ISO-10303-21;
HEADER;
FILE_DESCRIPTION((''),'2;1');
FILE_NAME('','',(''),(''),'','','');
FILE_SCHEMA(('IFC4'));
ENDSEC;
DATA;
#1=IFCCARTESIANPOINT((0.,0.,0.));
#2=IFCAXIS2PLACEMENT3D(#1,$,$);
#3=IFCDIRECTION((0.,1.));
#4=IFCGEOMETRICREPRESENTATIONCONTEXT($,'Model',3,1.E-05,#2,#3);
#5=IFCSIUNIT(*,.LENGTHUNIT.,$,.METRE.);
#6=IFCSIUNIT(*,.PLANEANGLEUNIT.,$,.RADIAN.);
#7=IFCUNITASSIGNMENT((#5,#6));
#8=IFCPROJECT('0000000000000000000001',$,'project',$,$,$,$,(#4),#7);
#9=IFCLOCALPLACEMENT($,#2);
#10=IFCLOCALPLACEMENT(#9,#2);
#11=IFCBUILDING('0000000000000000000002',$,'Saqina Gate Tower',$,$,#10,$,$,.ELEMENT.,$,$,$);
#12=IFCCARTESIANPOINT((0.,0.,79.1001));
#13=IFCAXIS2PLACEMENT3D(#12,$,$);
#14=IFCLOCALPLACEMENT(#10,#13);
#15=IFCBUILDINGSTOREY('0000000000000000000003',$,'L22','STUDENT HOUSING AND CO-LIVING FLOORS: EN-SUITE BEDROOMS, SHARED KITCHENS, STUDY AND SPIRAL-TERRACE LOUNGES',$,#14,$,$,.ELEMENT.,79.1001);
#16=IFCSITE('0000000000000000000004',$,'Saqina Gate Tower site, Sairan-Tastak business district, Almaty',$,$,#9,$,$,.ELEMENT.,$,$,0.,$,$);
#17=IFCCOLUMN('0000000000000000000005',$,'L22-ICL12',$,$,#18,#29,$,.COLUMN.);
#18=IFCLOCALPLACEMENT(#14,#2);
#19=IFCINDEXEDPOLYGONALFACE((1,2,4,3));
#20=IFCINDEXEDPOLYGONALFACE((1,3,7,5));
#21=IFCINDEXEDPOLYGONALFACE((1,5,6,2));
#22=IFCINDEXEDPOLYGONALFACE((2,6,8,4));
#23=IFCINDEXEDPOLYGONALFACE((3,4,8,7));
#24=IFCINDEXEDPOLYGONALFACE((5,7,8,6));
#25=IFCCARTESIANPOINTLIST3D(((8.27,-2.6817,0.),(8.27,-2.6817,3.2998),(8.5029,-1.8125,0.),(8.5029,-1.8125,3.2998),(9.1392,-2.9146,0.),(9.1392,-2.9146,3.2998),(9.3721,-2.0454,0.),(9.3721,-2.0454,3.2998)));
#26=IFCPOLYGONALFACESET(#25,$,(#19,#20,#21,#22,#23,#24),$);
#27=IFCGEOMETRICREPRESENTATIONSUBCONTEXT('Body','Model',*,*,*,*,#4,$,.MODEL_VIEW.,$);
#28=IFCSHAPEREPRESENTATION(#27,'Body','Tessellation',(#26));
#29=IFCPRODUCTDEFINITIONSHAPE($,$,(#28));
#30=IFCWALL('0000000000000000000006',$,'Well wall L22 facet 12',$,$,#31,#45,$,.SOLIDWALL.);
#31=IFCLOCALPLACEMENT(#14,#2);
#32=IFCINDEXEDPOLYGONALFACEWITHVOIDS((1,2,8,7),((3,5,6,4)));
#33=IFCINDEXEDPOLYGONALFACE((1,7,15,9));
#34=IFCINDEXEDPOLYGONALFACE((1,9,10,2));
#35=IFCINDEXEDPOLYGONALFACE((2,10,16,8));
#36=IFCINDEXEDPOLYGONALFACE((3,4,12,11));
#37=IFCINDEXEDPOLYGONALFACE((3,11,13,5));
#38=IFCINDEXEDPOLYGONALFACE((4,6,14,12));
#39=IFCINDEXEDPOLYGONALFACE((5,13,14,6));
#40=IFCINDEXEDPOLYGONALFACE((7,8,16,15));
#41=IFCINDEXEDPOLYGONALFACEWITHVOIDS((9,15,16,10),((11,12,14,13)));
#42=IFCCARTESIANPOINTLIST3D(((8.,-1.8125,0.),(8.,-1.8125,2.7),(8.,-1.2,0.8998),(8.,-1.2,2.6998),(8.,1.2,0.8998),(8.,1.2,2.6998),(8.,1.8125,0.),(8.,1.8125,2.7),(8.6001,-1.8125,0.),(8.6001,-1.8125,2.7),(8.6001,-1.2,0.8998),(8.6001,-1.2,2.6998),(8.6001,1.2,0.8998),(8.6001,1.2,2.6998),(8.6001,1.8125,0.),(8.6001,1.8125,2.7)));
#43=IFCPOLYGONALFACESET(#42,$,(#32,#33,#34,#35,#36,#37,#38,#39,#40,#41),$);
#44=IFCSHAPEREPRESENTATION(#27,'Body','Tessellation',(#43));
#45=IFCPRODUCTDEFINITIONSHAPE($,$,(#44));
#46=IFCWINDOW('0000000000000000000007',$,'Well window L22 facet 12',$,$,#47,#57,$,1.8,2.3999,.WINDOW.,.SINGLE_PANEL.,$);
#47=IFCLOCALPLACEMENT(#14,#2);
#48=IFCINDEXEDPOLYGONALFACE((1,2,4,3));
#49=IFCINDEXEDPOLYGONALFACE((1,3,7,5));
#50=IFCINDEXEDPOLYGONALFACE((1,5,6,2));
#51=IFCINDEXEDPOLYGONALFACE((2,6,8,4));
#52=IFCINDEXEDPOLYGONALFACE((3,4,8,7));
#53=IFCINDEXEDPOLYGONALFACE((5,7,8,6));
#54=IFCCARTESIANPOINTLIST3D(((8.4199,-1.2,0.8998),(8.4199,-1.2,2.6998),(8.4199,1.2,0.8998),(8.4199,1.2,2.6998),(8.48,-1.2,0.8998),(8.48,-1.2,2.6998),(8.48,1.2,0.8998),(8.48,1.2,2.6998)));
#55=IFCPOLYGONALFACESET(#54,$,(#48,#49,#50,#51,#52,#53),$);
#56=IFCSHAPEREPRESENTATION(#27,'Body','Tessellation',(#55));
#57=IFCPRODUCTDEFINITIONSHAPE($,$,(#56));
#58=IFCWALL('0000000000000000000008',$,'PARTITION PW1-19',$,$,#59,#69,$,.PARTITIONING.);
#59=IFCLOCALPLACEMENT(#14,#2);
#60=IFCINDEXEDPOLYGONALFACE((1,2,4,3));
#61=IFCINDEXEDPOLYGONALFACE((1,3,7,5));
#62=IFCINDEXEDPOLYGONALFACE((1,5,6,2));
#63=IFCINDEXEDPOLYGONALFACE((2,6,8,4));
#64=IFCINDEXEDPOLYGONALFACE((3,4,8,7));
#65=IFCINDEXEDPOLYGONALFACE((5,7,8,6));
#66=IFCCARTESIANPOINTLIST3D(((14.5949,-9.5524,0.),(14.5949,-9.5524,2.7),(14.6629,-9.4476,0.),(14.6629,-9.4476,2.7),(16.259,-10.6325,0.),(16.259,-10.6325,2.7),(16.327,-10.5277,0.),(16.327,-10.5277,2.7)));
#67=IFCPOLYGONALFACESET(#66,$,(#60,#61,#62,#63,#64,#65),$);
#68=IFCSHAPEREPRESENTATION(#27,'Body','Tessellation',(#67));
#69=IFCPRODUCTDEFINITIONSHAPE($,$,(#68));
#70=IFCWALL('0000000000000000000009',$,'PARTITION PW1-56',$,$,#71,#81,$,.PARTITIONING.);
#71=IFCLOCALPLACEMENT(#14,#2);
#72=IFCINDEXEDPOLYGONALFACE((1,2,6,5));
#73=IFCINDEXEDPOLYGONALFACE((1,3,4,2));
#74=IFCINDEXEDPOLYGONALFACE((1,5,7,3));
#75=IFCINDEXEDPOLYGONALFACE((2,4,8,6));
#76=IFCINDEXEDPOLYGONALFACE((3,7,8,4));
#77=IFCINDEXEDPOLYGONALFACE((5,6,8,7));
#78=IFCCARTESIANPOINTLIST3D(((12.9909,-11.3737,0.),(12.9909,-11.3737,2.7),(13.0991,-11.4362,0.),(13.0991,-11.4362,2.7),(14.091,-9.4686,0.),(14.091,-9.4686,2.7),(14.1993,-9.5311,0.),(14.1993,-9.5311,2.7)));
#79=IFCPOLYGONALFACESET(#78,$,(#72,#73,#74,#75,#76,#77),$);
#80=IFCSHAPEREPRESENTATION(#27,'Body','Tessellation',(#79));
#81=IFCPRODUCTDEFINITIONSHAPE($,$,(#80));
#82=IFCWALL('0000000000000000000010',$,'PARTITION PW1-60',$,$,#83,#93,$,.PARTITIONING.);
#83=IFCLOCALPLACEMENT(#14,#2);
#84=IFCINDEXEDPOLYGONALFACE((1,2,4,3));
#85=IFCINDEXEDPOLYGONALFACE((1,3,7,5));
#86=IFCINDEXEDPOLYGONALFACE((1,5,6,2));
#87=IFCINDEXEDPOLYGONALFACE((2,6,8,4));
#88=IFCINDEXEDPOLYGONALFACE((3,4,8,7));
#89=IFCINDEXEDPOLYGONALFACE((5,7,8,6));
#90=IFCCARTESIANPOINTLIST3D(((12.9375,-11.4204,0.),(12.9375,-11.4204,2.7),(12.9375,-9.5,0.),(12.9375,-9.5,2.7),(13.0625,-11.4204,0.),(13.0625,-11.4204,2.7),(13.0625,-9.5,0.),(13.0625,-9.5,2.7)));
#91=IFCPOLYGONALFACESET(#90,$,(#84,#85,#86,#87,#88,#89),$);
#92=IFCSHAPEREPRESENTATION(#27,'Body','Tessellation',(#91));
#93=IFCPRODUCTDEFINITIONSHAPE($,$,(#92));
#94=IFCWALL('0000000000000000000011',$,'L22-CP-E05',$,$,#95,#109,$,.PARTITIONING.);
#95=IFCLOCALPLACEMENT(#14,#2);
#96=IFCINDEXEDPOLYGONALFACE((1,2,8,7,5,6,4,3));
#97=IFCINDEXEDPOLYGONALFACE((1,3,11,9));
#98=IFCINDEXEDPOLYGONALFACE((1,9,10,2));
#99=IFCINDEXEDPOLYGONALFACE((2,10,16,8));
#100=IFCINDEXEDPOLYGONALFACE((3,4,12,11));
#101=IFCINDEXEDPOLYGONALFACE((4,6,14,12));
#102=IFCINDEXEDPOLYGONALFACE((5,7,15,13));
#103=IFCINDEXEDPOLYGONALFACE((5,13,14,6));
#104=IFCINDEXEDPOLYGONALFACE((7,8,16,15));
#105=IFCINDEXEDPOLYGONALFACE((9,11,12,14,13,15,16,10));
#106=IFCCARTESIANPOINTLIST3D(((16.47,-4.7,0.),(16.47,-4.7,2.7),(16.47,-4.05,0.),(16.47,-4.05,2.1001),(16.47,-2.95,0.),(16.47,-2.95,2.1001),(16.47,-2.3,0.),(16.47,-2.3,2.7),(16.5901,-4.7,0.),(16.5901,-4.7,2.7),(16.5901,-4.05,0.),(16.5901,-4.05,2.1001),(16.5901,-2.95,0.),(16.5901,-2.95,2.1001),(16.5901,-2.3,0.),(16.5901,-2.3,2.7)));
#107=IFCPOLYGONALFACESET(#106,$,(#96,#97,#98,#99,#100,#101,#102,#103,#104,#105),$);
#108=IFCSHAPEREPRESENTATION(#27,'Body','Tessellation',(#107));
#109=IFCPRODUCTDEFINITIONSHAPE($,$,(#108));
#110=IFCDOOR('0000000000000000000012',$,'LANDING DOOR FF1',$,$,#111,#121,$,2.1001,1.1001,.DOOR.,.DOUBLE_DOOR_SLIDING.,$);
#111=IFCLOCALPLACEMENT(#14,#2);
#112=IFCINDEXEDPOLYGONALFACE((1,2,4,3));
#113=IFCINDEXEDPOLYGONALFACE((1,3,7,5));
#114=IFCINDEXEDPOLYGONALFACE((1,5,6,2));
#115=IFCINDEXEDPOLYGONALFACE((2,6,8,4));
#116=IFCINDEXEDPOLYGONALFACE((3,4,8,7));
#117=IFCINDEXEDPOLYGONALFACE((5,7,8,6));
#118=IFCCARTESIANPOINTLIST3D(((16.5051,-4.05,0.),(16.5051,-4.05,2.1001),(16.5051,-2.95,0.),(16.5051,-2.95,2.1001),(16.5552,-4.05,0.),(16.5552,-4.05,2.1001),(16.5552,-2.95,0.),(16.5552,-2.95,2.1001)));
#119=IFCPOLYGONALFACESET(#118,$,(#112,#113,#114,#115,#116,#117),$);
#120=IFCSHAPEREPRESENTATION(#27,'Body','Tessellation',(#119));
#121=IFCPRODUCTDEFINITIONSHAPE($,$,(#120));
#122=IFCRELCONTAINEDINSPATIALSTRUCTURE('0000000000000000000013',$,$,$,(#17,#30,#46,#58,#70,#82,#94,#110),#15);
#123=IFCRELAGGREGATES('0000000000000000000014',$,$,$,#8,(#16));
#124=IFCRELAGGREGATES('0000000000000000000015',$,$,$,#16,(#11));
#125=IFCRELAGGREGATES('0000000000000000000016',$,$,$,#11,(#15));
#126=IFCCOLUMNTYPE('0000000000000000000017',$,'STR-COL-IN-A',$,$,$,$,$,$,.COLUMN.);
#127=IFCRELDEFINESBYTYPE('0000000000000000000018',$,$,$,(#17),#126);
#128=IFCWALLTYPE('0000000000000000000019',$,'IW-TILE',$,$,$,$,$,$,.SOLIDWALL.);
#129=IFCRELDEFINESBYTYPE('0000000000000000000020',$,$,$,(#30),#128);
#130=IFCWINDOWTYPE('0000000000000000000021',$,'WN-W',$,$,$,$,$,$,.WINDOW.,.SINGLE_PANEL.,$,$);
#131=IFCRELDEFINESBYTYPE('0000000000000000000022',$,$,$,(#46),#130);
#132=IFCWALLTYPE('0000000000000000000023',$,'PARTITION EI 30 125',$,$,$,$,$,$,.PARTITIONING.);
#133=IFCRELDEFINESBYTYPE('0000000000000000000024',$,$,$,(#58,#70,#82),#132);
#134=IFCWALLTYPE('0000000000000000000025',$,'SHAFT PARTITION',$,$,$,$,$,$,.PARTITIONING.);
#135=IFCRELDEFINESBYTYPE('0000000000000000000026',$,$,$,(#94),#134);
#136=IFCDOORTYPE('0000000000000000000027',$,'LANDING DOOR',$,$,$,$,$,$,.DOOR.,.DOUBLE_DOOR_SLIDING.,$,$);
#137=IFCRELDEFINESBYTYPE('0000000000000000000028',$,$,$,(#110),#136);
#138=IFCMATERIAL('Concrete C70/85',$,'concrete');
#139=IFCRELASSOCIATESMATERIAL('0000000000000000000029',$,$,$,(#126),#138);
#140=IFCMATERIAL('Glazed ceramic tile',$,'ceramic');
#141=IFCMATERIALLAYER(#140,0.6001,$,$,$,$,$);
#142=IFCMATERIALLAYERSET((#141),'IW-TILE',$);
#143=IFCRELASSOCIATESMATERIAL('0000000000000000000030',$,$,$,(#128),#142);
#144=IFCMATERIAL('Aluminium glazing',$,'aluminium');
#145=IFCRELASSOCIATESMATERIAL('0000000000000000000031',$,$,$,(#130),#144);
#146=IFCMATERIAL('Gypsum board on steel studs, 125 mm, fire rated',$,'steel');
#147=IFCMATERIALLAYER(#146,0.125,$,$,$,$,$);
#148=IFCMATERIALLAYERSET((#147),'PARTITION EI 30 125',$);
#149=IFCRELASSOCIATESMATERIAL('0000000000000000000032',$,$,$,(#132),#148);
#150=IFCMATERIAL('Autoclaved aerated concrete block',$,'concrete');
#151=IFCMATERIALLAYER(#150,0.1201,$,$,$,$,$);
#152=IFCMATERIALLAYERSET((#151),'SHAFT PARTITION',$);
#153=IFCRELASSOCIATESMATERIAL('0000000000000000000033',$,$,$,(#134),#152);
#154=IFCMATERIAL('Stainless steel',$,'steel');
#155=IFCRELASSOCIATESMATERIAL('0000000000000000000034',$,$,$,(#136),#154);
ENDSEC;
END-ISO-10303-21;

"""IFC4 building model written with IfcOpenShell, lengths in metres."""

from ifc_helpers import new_model, si_unit, direction, frame, frame_2d, origin, origin_2d, place, context, subcontext, project, spatial, rectangle, extrude, material, layer, layer_set, material_profile, profile_set, type_object, element, fill, save


model = new_model("IFC4")

# Units and contexts
model_context = context("Model", 3, precision=1e-05, world=origin(), true_north=direction((0.0, 1.0)))
body_context = subcontext(model_context, "Body", "Model", "MODEL_VIEW")
ifc_project = project(units=[si_unit("LENGTHUNIT", "METRE"), si_unit("PLANEANGLEUNIT", "RADIAN")], contexts=[model_context])

# Site, building, storey
site_placement = place(None, origin())
site = spatial("IfcSite", under=ifc_project, at=site_placement, Name="Saqina Gate Tower site, Sairan-Tastak business district, Almaty", CompositionType="ELEMENT", RefElevation=0.0)
building_placement = place(site_placement, origin())
building = spatial("IfcBuilding", under=site, at=building_placement, Name="Saqina Gate Tower", CompositionType="ELEMENT")
storey_placement = place(building_placement, frame((0.0, 0.0, 79.1001)))
storey = spatial("IfcBuildingStorey", under=building, at=storey_placement, Name="L22", Description="STUDENT HOUSING AND CO-LIVING FLOORS: EN-SUITE BEDROOMS, SHARED KITCHENS, STUDY AND SPIRAL-TERRACE LOUNGES", CompositionType="ELEMENT", Elevation=79.1001)

# Column
ifc_material_1 = material(Name="Concrete C70/85", Category="concrete")
ifc_material_profile = material_profile(ifc_material_1, rectangle(XDim=0.8999, YDim=0.8999, at=origin_2d()), Name="RC 900x900")
ifc_profile_set = profile_set([ifc_material_profile], Name="Concrete C70/85")
column_type = type_object("IfcColumnType", Name="STR-COL-IN-A", PredefinedType="COLUMN", material=ifc_profile_set)
column_placement = place(storey_placement, frame((8.821, -2.3635, 0.0), z_axis=(0.0, 0.0, 1.0), x_axis=(0.965926, -0.258819, 0.0)))
element("IfcColumn", 1, at=column_placement, inside=storey, type_object=column_type, Name="L22-ICL12", PredefinedType="COLUMN", context=body_context, shape_type="SweptSolid", body=[
    extrude(rectangle(XDim=0.8999, YDim=0.8999, at=origin_2d()), origin(), (0.0, 0.0, 1.0), 3.2998),
])

# Wall, opening, window
ifc_material_2 = material(Name="Glazed ceramic tile", Category="ceramic")
ifc_layer_1 = layer(ifc_material_2, 0.6001)
ifc_layer_set_1 = layer_set([ifc_layer_1], Name="IW-TILE")
wall_type_1 = type_object("IfcWallType", Name="IW-TILE", PredefinedType="SOLIDWALL", material=ifc_layer_set_1)
wall_1_placement = place(storey_placement, frame((8.3, -1.8125, 0.0), z_axis=(0.0, 0.0, 1.0), x_axis=(0.0, 1.0, 0.0)))
wall_1 = element("IfcWall", 2, at=wall_1_placement, inside=storey, type_object=wall_type_1, Name="Well wall L22 facet 12", PredefinedType="SOLIDWALL", context=body_context, shape_type="SweptSolid", body=[
    extrude(rectangle(XDim=3.625, YDim=0.6001, at=frame_2d((1.8125, 0.0))), origin(), (0.0, 0.0, 1.0), 2.7),
])
opening_1_placement = place(wall_1_placement, frame((0.6125, 0.0, 0.8999)))
opening_1 = element("IfcOpeningElement", 3, at=opening_1_placement, cuts=wall_1, PredefinedType="OPENING", context=body_context, shape_type="SweptSolid", body=[
    extrude(rectangle(XDim=2.3999, YDim=1.8, at=frame_2d((1.2, 0.8999))), frame((0.0, 0.312, 0.0), z_axis=(0.0, -1.0, 0.0), x_axis=(1.0, 0.0, 0.0)), (0.0, 0.0, 1.0), 0.624),
])
ifc_material_3 = material(Name="Aluminium glazing", Category="aluminium")
window_type = type_object("IfcWindowType", Name="WN-W", PartitioningType="SINGLE_PANEL", PredefinedType="WINDOW", material=ifc_material_3)
window_placement = place(opening_1_placement, origin())
window = element("IfcWindow", 4, at=window_placement, inside=storey, type_object=window_type, Name="Well window L22 facet 12", OverallHeight=1.8, OverallWidth=2.3999, PartitioningType="SINGLE_PANEL", PredefinedType="WINDOW", context=body_context, shape_type="SweptSolid", body=[
    extrude(rectangle(XDim=2.3999, YDim=1.8, at=frame_2d((1.2, 0.8999))), frame((0.0, -0.1199, 0.0), z_axis=(0.0, -1.0, 0.0), x_axis=(1.0, 0.0, 0.0)), (0.0, 0.0, 1.0), 0.0601),
])
fill(opening_1, window)

# Walls
ifc_material_4 = material(Name="Gypsum board on steel studs, 125 mm, fire rated", Category="steel")
ifc_layer_2 = layer(ifc_material_4, 0.125)
ifc_layer_set_2 = layer_set([ifc_layer_2], Name="PARTITION EI 30 125")
wall_type_2 = type_object("IfcWallType", Name="PARTITION EI 30 125", PredefinedType="PARTITIONING", material=ifc_layer_set_2)
wall_2_placement = place(storey_placement, frame((14.6289, -9.5, 0.0), z_axis=(0.0, 0.0, 1.0), x_axis=(0.838803, -0.544435, 0.0)))
element("IfcWall", 5, at=wall_2_placement, inside=storey, type_object=wall_type_2, Name="PARTITION PW1-19", PredefinedType="PARTITIONING", context=body_context, shape_type="SweptSolid", body=[
    extrude(rectangle(XDim=1.9839, YDim=0.125, at=frame_2d((0.9919, 0.0))), origin(), (0.0, 0.0, 1.0), 2.7),
])
wall_3_placement = place(storey_placement, frame((13.0449, -11.405, 0.0), z_axis=(0.0, 0.0, 1.0), x_axis=(0.500078, 0.86598, 0.0)))
element("IfcWall", 6, at=wall_3_placement, inside=storey, type_object=wall_type_2, Name="PARTITION PW1-56", PredefinedType="PARTITIONING", context=body_context, shape_type="SweptSolid", body=[
    extrude(rectangle(XDim=2.2, YDim=0.125, at=frame_2d((1.1001, 0.0))), origin(), (0.0, 0.0, 1.0), 2.7),
])
wall_4_placement = place(storey_placement, frame((13.0, -11.4204, 0.0), z_axis=(0.0, 0.0, 1.0), x_axis=(0.0, 1.0, 0.0)))
element("IfcWall", 7, at=wall_4_placement, inside=storey, type_object=wall_type_2, Name="PARTITION PW1-60", PredefinedType="PARTITIONING", context=body_context, shape_type="SweptSolid", body=[
    extrude(rectangle(XDim=1.9204, YDim=0.125, at=frame_2d((0.9602, 0.0))), origin(), (0.0, 0.0, 1.0), 2.7),
])

# Wall, opening, door
ifc_material_5 = material(Name="Autoclaved aerated concrete block", Category="concrete")
ifc_layer_3 = layer(ifc_material_5, 0.1201)
ifc_layer_set_3 = layer_set([ifc_layer_3], Name="SHAFT PARTITION")
wall_type_3 = type_object("IfcWallType", Name="SHAFT PARTITION", PredefinedType="PARTITIONING", material=ifc_layer_set_3)
wall_5_placement = place(storey_placement, frame((16.53, -4.7, 0.0), z_axis=(0.0, 0.0, 1.0), x_axis=(0.0, 1.0, 0.0)))
wall_5 = element("IfcWall", 8, at=wall_5_placement, inside=storey, type_object=wall_type_3, Name="L22-CP-E05", PredefinedType="PARTITIONING", context=body_context, shape_type="SweptSolid", body=[
    extrude(rectangle(XDim=2.3999, YDim=0.1201, at=frame_2d((1.2, 0.0))), origin(), (0.0, 0.0, 1.0), 2.7),
])
opening_2_placement = place(wall_5_placement, frame((0.6499, 0.0, 0.0)))
opening_2 = element("IfcOpeningElement", 9, at=opening_2_placement, cuts=wall_5, PredefinedType="OPENING", context=body_context, shape_type="SweptSolid", body=[
    extrude(rectangle(XDim=1.1001, YDim=2.1001, at=frame_2d((0.55, 1.05))), frame((0.0, 0.072, 0.0), z_axis=(0.0, -1.0, 0.0), x_axis=(1.0, 0.0, 0.0)), (0.0, 0.0, 1.0), 0.144),
])
ifc_material_6 = material(Name="Stainless steel", Category="steel")
door_type_1 = type_object("IfcDoorType", Name="LANDING DOOR", OperationType="DOUBLE_DOOR_SLIDING", PredefinedType="DOOR", material=ifc_material_6)
door_1_placement = place(opening_2_placement, origin())
door_1 = element("IfcDoor", 10, at=door_1_placement, inside=storey, type_object=door_type_1, Name="LANDING DOOR FF1", OperationType="DOUBLE_DOOR_SLIDING", OverallHeight=2.1001, OverallWidth=1.1001, PredefinedType="DOOR", context=body_context, shape_type="SweptSolid", body=[
    extrude(rectangle(XDim=1.1001, YDim=2.1001, at=frame_2d((0.55, 1.05))), frame((0.0, 0.0249, 0.0), z_axis=(0.0, -1.0, 0.0), x_axis=(1.0, 0.0, 0.0)), (0.0, 0.0, 1.0), 0.05),
])
fill(opening_2, door_1)

save(model, "model.ifc")
